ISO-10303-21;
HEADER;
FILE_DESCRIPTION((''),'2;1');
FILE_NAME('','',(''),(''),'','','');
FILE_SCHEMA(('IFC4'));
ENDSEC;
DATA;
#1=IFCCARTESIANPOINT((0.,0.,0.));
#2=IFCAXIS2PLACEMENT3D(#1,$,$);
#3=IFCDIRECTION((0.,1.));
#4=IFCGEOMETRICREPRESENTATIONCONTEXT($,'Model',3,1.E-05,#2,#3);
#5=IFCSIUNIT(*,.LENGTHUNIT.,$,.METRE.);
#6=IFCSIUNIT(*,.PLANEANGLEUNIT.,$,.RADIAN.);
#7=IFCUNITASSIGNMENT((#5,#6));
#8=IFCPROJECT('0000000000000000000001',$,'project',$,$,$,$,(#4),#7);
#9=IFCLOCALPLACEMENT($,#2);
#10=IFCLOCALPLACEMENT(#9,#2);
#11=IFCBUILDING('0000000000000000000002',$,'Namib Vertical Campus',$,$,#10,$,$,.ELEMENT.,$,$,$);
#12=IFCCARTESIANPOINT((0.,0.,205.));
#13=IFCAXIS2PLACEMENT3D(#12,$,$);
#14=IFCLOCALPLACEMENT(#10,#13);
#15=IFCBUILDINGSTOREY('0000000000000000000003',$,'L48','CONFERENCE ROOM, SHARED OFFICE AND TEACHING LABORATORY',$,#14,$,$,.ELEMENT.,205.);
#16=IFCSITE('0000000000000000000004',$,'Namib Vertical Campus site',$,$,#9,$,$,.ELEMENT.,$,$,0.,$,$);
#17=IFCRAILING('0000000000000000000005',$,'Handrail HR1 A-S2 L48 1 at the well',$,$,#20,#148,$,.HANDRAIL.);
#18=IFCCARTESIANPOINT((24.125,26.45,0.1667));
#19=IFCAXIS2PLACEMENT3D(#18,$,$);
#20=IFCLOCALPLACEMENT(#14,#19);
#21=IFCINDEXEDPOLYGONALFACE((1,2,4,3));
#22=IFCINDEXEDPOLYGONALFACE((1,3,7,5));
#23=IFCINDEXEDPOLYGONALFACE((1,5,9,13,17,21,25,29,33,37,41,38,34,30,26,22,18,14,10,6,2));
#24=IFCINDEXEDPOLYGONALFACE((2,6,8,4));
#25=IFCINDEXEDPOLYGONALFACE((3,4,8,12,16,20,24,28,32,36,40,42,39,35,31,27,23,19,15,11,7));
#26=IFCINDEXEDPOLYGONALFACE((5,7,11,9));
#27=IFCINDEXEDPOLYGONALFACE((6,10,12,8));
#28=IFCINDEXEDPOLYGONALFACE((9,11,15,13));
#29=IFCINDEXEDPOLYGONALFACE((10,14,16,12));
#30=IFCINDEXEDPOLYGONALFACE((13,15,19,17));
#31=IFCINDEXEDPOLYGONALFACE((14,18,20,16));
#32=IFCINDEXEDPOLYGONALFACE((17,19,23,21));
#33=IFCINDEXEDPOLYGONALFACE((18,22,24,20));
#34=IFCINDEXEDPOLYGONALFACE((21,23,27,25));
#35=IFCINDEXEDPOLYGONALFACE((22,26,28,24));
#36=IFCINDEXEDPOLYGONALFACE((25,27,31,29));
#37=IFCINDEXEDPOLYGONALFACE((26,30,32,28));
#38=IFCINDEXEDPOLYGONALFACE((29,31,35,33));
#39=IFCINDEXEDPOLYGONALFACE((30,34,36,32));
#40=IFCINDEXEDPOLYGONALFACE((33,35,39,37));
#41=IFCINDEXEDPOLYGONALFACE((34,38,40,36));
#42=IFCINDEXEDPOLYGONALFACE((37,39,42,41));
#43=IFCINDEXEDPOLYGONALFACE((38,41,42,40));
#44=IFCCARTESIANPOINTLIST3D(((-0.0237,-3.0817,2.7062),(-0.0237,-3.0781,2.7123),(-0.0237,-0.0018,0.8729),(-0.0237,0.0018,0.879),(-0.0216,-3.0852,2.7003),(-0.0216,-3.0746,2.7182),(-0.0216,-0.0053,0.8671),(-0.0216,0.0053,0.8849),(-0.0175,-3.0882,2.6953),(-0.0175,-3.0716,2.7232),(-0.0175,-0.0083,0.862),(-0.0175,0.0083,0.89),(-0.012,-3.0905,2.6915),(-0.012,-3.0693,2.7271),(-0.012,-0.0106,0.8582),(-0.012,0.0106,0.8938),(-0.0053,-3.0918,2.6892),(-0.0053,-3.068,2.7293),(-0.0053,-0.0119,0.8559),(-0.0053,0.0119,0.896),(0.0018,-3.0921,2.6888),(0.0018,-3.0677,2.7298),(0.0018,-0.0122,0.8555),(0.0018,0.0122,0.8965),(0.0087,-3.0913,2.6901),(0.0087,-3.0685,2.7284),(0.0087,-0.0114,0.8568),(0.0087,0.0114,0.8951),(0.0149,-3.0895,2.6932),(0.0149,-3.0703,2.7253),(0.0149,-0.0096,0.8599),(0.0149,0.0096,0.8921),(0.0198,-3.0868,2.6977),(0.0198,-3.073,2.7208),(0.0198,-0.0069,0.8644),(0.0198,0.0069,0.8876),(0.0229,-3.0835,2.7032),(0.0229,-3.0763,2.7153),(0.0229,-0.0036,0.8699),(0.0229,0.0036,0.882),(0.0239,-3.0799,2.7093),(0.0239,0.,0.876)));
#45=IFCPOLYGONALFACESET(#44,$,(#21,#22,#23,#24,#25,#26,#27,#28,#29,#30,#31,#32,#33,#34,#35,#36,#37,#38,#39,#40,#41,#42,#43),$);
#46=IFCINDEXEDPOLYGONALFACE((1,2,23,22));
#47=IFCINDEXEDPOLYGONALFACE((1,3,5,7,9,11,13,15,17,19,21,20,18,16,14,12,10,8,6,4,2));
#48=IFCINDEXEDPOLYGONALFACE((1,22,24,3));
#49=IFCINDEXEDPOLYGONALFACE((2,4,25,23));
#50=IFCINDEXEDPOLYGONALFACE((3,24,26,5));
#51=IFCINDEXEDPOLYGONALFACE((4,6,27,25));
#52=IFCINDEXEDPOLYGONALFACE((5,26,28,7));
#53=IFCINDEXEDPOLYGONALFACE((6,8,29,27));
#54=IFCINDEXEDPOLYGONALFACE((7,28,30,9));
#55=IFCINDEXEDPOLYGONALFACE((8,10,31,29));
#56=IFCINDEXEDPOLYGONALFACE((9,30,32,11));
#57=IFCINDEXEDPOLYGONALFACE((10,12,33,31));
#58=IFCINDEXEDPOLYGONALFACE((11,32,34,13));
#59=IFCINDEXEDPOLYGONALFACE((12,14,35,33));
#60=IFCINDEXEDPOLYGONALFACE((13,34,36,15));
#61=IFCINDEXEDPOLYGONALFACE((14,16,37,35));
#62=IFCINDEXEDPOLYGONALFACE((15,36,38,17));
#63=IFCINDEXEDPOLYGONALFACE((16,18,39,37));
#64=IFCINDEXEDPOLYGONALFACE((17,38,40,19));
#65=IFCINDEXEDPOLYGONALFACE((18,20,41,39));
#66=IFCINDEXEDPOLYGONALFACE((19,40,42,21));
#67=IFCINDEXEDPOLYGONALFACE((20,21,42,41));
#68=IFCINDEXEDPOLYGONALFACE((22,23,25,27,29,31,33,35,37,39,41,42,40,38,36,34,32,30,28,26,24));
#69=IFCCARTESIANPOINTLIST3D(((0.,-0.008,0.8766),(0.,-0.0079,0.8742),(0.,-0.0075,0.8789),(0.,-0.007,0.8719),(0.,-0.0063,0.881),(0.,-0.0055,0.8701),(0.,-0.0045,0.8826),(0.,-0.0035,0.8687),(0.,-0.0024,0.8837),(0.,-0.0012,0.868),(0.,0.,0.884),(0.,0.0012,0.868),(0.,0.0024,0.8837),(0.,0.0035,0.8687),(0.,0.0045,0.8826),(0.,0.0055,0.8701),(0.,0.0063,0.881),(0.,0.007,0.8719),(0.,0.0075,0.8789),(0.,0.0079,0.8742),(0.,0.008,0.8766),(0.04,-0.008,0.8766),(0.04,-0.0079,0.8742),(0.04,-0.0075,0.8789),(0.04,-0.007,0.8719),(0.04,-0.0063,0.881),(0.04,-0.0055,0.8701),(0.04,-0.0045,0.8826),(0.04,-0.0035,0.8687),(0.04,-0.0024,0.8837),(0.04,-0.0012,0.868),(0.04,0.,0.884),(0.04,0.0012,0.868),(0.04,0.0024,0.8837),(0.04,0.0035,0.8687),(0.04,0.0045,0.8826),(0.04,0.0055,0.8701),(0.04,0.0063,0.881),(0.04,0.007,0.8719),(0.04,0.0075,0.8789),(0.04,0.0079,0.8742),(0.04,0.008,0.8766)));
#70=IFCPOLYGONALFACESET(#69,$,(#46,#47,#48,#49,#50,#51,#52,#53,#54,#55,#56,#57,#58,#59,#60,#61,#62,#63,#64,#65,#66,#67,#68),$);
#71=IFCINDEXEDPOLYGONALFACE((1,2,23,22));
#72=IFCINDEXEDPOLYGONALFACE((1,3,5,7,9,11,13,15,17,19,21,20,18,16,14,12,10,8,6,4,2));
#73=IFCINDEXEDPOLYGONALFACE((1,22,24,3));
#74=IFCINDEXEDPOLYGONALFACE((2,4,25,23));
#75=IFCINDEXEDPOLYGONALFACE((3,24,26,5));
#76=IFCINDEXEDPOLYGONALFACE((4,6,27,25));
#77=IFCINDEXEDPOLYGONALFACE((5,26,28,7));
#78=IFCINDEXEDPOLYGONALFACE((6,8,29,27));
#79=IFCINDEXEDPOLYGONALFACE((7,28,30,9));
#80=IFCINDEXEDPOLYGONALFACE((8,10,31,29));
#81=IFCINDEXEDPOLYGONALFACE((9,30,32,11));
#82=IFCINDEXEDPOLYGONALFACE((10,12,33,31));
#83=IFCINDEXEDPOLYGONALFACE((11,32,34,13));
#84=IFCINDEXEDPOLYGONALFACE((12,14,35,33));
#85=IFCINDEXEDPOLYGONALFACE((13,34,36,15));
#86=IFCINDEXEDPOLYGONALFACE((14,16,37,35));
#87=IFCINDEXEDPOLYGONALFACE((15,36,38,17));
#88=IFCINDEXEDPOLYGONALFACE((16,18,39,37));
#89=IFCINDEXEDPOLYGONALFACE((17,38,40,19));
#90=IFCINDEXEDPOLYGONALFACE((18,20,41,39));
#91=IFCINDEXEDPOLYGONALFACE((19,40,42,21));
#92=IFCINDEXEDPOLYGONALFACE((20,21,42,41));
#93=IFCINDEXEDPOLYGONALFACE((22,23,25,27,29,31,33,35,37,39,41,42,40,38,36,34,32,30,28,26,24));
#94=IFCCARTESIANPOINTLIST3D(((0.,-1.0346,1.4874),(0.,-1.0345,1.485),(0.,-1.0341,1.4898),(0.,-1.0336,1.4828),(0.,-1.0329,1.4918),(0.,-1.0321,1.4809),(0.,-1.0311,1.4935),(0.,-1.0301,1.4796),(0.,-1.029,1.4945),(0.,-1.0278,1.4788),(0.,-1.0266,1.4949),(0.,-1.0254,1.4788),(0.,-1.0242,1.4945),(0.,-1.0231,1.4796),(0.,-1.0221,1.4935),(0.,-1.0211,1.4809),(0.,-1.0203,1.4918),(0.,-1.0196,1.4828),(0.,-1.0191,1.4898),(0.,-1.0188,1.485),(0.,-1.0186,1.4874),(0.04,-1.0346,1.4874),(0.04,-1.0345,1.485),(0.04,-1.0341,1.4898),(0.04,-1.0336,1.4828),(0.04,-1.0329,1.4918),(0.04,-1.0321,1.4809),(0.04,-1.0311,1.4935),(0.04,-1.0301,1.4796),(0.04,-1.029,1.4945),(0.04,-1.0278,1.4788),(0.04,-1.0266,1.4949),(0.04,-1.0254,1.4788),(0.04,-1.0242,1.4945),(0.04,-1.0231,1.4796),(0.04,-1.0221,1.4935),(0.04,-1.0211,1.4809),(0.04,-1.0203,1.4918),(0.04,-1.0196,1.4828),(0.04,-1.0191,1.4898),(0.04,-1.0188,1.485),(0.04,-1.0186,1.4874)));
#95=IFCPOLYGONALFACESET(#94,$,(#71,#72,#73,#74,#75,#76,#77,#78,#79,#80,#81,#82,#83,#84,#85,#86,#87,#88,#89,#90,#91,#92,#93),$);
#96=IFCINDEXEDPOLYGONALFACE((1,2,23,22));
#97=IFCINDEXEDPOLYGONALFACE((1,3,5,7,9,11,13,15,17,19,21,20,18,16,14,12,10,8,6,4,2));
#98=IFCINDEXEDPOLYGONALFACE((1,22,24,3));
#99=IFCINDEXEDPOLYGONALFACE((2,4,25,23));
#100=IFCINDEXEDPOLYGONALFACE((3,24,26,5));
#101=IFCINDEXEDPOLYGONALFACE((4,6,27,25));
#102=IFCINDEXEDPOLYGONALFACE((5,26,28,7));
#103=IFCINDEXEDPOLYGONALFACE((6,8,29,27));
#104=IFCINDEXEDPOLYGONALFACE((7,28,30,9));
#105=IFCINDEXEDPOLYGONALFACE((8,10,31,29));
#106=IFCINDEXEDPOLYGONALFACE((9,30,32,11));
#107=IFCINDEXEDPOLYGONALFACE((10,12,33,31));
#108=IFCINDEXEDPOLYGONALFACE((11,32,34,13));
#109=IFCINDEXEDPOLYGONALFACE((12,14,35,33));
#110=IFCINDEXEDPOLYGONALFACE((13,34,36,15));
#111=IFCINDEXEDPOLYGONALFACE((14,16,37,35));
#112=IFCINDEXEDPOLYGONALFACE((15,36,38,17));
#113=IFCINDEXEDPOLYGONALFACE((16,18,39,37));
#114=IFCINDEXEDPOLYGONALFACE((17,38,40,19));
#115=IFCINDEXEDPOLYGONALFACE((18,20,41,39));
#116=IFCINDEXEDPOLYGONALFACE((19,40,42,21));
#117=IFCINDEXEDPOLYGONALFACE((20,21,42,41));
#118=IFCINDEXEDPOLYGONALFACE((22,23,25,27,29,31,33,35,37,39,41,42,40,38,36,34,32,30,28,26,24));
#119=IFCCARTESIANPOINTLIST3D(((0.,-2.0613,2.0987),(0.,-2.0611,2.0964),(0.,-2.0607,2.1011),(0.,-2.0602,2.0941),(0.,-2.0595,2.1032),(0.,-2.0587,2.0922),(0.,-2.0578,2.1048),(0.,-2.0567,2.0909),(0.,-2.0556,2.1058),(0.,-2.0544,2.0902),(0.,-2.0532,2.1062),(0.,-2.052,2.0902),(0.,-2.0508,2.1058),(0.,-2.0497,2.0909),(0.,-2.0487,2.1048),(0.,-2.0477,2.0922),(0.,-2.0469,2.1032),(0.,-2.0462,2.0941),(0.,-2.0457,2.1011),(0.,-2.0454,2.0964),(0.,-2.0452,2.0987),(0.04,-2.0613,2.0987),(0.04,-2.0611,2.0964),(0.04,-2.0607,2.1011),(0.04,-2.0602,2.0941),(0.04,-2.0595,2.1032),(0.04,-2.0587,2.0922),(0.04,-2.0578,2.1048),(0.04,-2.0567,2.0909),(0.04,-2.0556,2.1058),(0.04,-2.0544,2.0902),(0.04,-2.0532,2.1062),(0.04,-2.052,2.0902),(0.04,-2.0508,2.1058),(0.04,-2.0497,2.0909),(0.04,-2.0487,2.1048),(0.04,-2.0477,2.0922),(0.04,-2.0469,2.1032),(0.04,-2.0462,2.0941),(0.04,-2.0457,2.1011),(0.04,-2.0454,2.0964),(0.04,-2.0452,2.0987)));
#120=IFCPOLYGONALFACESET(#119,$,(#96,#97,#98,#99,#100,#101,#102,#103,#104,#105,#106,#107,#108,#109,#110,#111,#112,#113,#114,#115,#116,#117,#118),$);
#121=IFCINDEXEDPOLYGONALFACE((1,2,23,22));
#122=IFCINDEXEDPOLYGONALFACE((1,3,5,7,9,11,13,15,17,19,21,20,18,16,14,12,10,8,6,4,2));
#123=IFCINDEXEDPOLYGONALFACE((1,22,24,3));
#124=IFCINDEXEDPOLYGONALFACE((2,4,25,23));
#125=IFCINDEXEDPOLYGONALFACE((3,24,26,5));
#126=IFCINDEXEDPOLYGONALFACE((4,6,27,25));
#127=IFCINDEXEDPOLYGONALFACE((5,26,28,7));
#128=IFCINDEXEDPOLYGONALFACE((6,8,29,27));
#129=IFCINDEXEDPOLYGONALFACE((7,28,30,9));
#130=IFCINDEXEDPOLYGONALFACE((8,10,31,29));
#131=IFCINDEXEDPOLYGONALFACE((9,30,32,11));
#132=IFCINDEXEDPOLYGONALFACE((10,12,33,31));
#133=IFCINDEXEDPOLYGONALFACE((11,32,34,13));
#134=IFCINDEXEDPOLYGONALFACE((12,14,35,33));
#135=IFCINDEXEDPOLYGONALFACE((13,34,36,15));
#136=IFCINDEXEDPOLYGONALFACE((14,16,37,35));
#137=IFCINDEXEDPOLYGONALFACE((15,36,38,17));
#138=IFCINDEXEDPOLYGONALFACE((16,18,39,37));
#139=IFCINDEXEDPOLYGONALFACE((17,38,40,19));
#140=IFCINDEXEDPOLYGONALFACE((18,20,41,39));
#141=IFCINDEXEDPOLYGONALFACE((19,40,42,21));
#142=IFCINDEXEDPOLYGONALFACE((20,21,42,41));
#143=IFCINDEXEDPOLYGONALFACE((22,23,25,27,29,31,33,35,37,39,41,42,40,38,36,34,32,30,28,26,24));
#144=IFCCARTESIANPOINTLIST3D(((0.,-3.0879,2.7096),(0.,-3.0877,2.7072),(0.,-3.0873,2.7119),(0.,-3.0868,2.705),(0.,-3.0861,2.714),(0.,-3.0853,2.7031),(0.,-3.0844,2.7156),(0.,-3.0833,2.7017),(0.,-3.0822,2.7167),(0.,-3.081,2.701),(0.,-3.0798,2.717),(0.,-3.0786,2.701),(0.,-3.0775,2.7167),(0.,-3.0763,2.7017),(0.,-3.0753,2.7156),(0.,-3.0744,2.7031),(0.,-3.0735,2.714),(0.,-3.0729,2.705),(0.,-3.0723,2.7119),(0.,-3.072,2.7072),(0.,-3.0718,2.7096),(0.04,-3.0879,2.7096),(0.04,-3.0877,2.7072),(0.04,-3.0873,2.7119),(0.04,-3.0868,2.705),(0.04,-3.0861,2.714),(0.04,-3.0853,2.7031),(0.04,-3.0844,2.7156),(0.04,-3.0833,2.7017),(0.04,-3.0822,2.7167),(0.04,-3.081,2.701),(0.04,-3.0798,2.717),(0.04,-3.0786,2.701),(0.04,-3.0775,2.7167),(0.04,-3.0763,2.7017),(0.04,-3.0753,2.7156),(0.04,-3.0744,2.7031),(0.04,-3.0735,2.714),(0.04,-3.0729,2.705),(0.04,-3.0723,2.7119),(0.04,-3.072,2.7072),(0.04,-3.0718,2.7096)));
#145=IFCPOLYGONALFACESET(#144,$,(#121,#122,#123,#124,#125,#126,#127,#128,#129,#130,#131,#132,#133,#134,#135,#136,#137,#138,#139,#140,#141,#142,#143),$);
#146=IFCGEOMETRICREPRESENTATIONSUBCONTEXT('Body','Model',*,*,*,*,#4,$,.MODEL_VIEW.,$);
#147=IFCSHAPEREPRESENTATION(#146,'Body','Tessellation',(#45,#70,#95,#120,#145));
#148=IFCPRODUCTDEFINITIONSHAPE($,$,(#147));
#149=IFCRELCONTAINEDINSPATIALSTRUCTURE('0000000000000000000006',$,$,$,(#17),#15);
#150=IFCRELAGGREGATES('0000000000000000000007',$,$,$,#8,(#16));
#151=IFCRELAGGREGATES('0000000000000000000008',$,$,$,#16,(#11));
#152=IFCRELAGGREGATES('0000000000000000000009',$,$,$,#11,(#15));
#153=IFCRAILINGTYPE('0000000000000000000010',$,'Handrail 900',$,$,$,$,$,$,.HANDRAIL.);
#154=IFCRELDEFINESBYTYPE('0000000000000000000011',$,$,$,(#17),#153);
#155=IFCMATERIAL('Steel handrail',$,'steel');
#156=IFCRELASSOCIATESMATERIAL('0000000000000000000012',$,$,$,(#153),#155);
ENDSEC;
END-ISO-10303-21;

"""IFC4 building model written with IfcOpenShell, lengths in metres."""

from ifc_helpers import new_model, si_unit, direction, frame, origin, origin_2d, place, context, subcontext, project, spatial, circle, extrude, material, type_object, element, save


model = new_model("IFC4")

# Units and contexts
model_context = context("Model", 3, precision=1e-05, world=origin(), true_north=direction((0.0, 1.0)))
body_context = subcontext(model_context, "Body", "Model", "MODEL_VIEW")
ifc_project = project(units=[si_unit("LENGTHUNIT", "METRE"), si_unit("PLANEANGLEUNIT", "RADIAN")], contexts=[model_context])

# Site, building, storey
site_placement = place(None, origin())
site = spatial("IfcSite", under=ifc_project, at=site_placement, Name="Namib Vertical Campus site", CompositionType="ELEMENT", RefElevation=0.0)
building_placement = place(site_placement, origin())
building = spatial("IfcBuilding", under=site, at=building_placement, Name="Namib Vertical Campus", CompositionType="ELEMENT")
storey_placement = place(building_placement, frame((0.0, 0.0, 205.0)))
storey = spatial("IfcBuildingStorey", under=building, at=storey_placement, Name="L48", Description="CONFERENCE ROOM, SHARED OFFICE AND TEACHING LABORATORY", CompositionType="ELEMENT", Elevation=205.0)

# Railing
ifc_material_1 = material(Name="Steel handrail", Category="steel")
railing_type_1 = type_object("IfcRailingType", Name="Handrail 900", PredefinedType="HANDRAIL", material=ifc_material_1)
railing_1_placement = place(storey_placement, frame((24.125, 26.45, 0.1667)))
element("IfcRailing", 1, at=railing_1_placement, inside=storey, type_object=railing_type_1, Name="Handrail HR1 A-S2 L48 1 at the well", PredefinedType="HANDRAIL", context=body_context, shape_type="SweptSolid", body=[
    extrude(circle(Radius=0.0239, at=origin_2d()), frame((0.0, 0.0, 0.876), z_axis=(0.0, -0.859291, 0.511487), x_axis=(1.0, 0.0, 0.0)), (0.0, 0.0, 1.0), 3.5842),
    extrude(circle(Radius=0.0081, at=origin_2d()), frame((0.0, 0.0, 0.876), z_axis=(1.0, 0.0, 0.0), x_axis=(0.0, 0.0, 1.0)), (0.0, 0.0, 1.0), 0.04),
    extrude(circle(Radius=0.0081, at=origin_2d()), frame((0.0, -1.0266, 1.4868), z_axis=(1.0, 0.0, 0.0), x_axis=(0.0, 0.0, 1.0)), (0.0, 0.0, 1.0), 0.04),
    extrude(circle(Radius=0.0081, at=origin_2d()), frame((0.0, -2.0532, 2.0981), z_axis=(1.0, 0.0, 0.0), x_axis=(0.0, 0.0, 1.0)), (0.0, 0.0, 1.0), 0.04),
    extrude(circle(Radius=0.0081, at=origin_2d()), frame((0.0, -3.0798, 2.709), z_axis=(1.0, 0.0, 0.0), x_axis=(0.0, 0.0, 1.0)), (0.0, 0.0, 1.0), 0.04),
])

save(model, "model.ifc")
